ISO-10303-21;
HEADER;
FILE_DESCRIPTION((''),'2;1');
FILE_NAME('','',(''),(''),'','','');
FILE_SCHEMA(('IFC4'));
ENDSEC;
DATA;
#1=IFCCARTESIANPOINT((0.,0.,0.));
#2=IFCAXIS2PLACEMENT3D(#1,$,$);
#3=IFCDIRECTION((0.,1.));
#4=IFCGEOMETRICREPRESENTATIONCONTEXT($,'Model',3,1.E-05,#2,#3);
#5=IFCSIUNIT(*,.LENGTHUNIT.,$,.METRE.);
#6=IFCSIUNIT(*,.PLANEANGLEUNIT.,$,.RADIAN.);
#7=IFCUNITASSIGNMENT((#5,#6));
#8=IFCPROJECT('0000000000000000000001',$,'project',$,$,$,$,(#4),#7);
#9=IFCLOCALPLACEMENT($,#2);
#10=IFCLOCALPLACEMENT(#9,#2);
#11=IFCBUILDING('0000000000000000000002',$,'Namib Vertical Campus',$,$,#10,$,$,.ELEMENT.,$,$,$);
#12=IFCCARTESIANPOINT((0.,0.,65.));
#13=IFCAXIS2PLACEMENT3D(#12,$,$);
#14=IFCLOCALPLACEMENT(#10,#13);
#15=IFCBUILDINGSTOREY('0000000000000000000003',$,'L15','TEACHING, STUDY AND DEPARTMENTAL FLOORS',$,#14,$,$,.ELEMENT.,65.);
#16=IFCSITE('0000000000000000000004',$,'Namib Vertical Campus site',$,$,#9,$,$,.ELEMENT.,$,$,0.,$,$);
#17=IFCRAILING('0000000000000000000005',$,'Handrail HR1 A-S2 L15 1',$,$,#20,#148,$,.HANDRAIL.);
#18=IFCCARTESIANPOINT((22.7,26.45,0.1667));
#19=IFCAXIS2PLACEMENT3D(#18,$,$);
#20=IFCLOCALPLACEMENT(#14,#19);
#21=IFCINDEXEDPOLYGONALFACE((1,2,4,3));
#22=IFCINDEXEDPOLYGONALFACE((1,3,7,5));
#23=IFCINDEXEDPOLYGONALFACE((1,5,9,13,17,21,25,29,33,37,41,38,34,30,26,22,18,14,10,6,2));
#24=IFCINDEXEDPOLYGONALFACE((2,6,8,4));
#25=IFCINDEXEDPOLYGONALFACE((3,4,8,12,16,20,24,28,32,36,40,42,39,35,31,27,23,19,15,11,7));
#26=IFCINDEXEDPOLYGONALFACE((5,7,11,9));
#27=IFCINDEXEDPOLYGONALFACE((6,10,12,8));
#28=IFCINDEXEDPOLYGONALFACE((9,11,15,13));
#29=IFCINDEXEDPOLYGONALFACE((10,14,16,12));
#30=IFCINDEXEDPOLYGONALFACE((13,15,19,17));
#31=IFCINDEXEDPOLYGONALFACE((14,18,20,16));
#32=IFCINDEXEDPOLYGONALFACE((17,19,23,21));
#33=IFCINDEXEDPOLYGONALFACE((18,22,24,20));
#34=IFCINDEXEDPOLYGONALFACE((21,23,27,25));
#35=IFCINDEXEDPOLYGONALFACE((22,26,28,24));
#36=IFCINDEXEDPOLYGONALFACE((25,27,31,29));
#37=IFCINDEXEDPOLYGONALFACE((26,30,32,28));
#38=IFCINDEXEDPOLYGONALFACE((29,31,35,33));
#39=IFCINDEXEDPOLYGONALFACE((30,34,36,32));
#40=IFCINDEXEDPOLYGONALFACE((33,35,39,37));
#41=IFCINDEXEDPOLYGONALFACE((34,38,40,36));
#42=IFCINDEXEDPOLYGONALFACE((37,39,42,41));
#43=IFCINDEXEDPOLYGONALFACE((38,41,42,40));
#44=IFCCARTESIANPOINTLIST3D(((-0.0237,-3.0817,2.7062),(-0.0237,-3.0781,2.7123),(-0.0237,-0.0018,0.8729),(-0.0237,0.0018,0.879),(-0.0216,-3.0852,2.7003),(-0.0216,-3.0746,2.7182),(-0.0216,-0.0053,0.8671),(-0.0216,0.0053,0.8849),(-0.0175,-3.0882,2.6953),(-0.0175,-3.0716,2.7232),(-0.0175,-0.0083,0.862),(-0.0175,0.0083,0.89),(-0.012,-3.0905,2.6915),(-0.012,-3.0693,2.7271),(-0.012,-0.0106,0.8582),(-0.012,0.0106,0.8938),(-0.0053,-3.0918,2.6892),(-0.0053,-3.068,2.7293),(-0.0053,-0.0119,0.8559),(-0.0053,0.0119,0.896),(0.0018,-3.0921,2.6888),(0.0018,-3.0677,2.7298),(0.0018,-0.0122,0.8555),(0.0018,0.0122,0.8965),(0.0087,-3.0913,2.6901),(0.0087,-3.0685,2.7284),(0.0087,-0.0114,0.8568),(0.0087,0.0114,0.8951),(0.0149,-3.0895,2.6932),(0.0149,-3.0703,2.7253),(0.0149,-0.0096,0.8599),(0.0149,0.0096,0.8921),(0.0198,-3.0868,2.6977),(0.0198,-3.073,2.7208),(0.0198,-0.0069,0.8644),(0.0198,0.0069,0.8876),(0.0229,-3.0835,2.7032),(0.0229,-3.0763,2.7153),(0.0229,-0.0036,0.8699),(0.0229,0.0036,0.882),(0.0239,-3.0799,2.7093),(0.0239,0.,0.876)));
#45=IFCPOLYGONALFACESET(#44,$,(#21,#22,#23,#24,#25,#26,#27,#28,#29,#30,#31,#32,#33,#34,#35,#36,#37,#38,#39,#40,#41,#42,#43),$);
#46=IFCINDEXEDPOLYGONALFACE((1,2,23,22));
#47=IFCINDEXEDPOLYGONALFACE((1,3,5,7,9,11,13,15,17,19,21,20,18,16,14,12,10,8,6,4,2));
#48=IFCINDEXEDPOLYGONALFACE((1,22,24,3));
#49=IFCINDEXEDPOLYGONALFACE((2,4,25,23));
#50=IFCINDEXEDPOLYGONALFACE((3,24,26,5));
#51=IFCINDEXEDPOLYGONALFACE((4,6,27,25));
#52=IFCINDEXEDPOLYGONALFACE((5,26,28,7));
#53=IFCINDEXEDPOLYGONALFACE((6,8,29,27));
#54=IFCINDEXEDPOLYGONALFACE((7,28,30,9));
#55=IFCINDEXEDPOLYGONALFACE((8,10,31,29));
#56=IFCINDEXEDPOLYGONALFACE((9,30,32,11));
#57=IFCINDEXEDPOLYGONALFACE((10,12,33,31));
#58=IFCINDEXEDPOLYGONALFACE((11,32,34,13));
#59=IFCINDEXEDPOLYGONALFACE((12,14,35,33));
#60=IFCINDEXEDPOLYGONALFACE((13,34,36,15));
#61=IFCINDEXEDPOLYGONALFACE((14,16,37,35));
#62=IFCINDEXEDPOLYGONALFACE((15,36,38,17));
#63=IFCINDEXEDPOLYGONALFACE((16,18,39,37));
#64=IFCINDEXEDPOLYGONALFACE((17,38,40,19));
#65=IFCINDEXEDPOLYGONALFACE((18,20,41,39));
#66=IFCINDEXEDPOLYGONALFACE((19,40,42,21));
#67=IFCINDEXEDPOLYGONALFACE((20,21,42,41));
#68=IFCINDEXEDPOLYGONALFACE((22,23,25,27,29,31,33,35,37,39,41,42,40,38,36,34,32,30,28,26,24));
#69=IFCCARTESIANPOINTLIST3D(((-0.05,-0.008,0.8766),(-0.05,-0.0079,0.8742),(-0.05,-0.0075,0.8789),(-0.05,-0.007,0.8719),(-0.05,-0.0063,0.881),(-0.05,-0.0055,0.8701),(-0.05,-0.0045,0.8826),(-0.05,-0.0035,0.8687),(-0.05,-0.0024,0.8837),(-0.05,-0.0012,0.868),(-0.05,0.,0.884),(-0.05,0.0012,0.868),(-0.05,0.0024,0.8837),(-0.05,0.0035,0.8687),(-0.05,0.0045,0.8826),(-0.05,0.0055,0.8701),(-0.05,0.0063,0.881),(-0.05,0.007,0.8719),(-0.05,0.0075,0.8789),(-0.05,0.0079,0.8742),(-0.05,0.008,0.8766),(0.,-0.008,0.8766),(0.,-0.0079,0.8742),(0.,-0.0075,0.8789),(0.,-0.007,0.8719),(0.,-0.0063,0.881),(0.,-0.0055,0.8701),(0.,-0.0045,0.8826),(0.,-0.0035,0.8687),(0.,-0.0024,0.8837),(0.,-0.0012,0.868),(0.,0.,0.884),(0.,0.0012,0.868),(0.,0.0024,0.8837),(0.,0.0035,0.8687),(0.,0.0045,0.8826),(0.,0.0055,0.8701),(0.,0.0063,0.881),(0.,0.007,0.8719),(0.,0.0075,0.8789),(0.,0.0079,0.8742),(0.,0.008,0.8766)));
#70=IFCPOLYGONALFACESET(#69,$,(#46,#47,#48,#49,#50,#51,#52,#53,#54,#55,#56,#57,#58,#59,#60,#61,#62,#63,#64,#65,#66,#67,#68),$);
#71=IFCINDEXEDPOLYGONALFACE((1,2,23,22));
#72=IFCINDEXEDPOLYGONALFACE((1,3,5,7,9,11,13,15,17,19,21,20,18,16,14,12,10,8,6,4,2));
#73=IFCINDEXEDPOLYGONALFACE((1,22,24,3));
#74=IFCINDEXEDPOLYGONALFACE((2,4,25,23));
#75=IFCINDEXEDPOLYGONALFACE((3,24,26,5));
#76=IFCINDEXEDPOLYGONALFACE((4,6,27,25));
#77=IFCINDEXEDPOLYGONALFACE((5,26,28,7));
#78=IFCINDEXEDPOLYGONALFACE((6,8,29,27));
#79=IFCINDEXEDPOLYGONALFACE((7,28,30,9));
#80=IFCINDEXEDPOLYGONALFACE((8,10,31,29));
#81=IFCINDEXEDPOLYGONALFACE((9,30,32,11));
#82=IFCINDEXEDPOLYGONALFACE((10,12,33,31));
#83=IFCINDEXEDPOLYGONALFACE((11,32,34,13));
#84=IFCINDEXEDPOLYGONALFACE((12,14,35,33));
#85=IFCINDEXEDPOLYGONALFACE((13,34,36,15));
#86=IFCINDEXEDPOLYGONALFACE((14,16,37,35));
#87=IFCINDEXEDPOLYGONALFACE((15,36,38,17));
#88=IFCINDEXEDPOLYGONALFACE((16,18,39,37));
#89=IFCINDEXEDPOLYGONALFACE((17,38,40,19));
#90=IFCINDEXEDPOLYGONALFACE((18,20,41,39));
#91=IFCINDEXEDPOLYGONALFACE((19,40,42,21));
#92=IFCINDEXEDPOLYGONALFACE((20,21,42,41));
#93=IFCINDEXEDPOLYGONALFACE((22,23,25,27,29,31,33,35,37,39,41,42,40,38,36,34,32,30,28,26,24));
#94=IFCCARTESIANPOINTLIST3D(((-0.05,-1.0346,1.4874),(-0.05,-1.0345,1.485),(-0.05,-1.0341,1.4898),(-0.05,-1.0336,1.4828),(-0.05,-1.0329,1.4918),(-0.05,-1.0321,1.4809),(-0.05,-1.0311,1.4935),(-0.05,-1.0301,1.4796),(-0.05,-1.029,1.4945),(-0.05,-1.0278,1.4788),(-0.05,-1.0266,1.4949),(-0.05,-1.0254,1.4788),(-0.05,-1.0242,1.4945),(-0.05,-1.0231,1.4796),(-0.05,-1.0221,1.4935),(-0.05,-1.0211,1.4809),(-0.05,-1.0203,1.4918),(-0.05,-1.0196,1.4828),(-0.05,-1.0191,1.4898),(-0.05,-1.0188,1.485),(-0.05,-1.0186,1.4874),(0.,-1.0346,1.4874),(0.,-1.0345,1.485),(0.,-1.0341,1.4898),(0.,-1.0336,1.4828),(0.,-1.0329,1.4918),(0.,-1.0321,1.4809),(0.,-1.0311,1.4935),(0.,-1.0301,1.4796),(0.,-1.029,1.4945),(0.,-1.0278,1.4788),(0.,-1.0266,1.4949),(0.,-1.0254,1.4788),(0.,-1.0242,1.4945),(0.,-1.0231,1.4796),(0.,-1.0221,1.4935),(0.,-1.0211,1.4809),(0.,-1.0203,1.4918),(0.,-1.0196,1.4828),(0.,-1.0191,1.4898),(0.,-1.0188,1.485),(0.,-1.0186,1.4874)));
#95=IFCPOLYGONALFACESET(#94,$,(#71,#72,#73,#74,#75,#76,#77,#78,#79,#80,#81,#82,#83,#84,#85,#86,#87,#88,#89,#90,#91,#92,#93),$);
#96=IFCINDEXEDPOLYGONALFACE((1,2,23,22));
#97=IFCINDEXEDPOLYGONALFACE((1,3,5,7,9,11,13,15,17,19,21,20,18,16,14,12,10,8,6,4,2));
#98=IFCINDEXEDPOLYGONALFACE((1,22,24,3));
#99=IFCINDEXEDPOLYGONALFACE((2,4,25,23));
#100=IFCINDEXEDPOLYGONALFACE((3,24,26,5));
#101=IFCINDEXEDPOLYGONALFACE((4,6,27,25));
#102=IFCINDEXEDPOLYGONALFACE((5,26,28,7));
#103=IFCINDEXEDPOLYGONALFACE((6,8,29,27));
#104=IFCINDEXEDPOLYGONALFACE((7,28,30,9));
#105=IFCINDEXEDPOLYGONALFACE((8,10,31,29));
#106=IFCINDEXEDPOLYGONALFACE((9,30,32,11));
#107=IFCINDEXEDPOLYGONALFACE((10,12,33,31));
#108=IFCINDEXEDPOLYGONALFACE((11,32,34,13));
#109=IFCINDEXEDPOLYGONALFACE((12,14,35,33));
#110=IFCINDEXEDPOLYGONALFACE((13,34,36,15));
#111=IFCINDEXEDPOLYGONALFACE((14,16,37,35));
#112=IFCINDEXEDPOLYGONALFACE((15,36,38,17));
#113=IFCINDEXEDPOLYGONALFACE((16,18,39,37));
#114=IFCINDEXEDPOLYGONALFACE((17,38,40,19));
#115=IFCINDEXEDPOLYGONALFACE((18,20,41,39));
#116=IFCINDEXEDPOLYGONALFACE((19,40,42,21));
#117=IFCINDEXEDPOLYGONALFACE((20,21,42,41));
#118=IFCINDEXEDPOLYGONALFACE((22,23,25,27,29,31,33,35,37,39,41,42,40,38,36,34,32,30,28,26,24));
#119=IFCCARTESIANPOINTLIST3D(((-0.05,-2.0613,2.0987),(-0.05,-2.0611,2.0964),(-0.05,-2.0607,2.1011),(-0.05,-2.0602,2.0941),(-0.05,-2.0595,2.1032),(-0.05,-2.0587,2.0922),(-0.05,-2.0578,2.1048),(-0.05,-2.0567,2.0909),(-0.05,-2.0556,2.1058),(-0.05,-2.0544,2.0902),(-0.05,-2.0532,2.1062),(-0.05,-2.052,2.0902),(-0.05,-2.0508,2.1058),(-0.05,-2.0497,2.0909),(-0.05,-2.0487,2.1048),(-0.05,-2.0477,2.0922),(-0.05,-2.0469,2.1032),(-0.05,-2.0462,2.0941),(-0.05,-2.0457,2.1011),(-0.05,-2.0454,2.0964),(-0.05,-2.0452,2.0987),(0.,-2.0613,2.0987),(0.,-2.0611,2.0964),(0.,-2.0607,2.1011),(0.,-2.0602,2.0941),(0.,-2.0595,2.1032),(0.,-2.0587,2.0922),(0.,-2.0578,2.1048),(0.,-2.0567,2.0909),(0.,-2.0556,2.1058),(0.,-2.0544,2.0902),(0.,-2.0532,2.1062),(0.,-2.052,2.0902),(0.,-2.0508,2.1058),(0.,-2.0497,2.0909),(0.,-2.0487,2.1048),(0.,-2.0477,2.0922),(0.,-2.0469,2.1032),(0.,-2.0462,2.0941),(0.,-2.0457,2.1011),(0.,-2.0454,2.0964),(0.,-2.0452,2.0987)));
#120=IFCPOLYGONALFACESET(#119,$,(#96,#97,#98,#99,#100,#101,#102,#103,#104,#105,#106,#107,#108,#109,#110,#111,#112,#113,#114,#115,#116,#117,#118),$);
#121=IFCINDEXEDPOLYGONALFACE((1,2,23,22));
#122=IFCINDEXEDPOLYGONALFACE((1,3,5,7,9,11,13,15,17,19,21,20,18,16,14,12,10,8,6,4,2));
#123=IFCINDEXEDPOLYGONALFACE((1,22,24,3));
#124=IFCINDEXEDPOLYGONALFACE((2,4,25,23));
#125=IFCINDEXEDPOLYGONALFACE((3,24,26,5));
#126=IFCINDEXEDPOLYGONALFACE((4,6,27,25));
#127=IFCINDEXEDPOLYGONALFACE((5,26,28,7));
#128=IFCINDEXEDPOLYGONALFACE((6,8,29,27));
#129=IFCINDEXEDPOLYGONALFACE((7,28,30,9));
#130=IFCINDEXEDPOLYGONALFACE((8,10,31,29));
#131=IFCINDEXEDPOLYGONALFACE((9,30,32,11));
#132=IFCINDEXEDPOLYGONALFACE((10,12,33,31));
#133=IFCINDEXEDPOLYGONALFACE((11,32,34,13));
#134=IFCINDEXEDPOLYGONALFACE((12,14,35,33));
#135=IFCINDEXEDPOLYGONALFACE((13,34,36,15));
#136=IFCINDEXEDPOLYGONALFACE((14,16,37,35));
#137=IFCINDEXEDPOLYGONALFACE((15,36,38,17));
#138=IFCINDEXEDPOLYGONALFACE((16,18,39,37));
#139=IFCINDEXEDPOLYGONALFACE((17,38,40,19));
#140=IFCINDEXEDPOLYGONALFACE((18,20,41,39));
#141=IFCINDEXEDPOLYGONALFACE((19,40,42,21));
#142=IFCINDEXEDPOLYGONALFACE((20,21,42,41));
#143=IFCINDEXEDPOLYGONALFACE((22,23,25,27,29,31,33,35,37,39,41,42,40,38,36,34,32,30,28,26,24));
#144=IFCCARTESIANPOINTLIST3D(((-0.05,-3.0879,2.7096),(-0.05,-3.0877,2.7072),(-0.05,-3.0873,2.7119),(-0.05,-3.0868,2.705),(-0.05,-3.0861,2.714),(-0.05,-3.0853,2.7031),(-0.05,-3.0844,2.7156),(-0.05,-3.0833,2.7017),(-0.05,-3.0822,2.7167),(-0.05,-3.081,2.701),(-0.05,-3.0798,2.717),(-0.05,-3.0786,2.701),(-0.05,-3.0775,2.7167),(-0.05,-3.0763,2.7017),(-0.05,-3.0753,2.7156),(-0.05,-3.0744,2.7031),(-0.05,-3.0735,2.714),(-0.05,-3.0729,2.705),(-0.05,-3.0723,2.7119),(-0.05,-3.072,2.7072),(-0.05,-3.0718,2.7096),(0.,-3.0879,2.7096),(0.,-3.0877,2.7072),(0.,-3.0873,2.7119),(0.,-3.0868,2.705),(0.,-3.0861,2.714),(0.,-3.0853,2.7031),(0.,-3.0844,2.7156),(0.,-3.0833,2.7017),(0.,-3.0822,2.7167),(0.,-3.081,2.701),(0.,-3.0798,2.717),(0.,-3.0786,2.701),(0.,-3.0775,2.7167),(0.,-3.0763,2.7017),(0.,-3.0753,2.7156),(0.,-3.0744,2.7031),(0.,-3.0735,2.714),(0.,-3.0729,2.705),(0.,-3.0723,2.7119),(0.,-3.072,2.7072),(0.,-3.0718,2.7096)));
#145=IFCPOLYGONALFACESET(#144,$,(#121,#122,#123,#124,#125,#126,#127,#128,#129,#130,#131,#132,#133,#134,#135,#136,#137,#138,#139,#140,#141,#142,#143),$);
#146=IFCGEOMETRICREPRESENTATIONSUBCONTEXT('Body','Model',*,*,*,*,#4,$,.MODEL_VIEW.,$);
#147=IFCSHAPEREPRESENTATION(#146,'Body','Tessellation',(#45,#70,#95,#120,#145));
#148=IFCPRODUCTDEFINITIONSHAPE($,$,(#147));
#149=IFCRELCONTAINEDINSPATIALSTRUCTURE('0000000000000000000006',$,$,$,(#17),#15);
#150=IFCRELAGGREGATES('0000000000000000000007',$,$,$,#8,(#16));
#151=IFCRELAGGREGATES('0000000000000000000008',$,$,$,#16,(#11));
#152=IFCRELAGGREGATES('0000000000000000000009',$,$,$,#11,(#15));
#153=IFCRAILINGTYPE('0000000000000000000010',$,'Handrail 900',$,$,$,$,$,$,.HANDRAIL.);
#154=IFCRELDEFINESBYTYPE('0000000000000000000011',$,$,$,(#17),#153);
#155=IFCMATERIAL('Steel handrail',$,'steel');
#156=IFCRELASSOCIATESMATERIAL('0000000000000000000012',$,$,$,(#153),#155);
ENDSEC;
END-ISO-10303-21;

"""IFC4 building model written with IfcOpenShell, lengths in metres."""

from ifc_helpers import new_model, si_unit, direction, frame, origin, origin_2d, place, context, subcontext, project, spatial, circle, extrude, material, type_object, element, save


model = new_model("IFC4")

# Units and contexts
model_context = context("Model", 3, precision=1e-05, world=origin(), true_north=direction((0.0, 1.0)))
body_context = subcontext(model_context, "Body", "Model", "MODEL_VIEW")
ifc_project = project(units=[si_unit("LENGTHUNIT", "METRE"), si_unit("PLANEANGLEUNIT", "RADIAN")], contexts=[model_context])

# Site, building, storey
site_placement = place(None, origin())
site = spatial("IfcSite", under=ifc_project, at=site_placement, Name="Namib Vertical Campus site", CompositionType="ELEMENT", RefElevation=0.0)
building_placement = place(site_placement, origin())
building = spatial("IfcBuilding", under=site, at=building_placement, Name="Namib Vertical Campus", CompositionType="ELEMENT")
storey_placement = place(building_placement, frame((0.0, 0.0, 65.0)))
storey = spatial("IfcBuildingStorey", under=building, at=storey_placement, Name="L15", Description="TEACHING, STUDY AND DEPARTMENTAL FLOORS", CompositionType="ELEMENT", Elevation=65.0)

# Railing
ifc_material_1 = material(Name="Steel handrail", Category="steel")
railing_type_1 = type_object("IfcRailingType", Name="Handrail 900", PredefinedType="HANDRAIL", material=ifc_material_1)
railing_1_placement = place(storey_placement, frame((22.7, 26.45, 0.1667)))
element("IfcRailing", 1, at=railing_1_placement, inside=storey, type_object=railing_type_1, Name="Handrail HR1 A-S2 L15 1", PredefinedType="HANDRAIL", context=body_context, shape_type="SweptSolid", body=[
    extrude(circle(Radius=0.0239, at=origin_2d()), frame((0.0, 0.0, 0.876), z_axis=(0.0, -0.859291, 0.511487), x_axis=(1.0, 0.0, 0.0)), (0.0, 0.0, 1.0), 3.5842),
    extrude(circle(Radius=0.0081, at=origin_2d()), frame((0.0, 0.0, 0.876), z_axis=(-1.0, 0.0, 0.0), x_axis=(0.0, 0.0, 1.0)), (0.0, 0.0, 1.0), 0.05),
    extrude(circle(Radius=0.0081, at=origin_2d()), frame((0.0, -1.0266, 1.4868), z_axis=(-1.0, 0.0, 0.0), x_axis=(0.0, 0.0, 1.0)), (0.0, 0.0, 1.0), 0.05),
    extrude(circle(Radius=0.0081, at=origin_2d()), frame((0.0, -2.0532, 2.0981), z_axis=(-1.0, 0.0, 0.0), x_axis=(0.0, 0.0, 1.0)), (0.0, 0.0, 1.0), 0.05),
    extrude(circle(Radius=0.0081, at=origin_2d()), frame((0.0, -3.0798, 2.709), z_axis=(-1.0, 0.0, 0.0), x_axis=(0.0, 0.0, 1.0)), (0.0, 0.0, 1.0), 0.05),
])

save(model, "model.ifc")
